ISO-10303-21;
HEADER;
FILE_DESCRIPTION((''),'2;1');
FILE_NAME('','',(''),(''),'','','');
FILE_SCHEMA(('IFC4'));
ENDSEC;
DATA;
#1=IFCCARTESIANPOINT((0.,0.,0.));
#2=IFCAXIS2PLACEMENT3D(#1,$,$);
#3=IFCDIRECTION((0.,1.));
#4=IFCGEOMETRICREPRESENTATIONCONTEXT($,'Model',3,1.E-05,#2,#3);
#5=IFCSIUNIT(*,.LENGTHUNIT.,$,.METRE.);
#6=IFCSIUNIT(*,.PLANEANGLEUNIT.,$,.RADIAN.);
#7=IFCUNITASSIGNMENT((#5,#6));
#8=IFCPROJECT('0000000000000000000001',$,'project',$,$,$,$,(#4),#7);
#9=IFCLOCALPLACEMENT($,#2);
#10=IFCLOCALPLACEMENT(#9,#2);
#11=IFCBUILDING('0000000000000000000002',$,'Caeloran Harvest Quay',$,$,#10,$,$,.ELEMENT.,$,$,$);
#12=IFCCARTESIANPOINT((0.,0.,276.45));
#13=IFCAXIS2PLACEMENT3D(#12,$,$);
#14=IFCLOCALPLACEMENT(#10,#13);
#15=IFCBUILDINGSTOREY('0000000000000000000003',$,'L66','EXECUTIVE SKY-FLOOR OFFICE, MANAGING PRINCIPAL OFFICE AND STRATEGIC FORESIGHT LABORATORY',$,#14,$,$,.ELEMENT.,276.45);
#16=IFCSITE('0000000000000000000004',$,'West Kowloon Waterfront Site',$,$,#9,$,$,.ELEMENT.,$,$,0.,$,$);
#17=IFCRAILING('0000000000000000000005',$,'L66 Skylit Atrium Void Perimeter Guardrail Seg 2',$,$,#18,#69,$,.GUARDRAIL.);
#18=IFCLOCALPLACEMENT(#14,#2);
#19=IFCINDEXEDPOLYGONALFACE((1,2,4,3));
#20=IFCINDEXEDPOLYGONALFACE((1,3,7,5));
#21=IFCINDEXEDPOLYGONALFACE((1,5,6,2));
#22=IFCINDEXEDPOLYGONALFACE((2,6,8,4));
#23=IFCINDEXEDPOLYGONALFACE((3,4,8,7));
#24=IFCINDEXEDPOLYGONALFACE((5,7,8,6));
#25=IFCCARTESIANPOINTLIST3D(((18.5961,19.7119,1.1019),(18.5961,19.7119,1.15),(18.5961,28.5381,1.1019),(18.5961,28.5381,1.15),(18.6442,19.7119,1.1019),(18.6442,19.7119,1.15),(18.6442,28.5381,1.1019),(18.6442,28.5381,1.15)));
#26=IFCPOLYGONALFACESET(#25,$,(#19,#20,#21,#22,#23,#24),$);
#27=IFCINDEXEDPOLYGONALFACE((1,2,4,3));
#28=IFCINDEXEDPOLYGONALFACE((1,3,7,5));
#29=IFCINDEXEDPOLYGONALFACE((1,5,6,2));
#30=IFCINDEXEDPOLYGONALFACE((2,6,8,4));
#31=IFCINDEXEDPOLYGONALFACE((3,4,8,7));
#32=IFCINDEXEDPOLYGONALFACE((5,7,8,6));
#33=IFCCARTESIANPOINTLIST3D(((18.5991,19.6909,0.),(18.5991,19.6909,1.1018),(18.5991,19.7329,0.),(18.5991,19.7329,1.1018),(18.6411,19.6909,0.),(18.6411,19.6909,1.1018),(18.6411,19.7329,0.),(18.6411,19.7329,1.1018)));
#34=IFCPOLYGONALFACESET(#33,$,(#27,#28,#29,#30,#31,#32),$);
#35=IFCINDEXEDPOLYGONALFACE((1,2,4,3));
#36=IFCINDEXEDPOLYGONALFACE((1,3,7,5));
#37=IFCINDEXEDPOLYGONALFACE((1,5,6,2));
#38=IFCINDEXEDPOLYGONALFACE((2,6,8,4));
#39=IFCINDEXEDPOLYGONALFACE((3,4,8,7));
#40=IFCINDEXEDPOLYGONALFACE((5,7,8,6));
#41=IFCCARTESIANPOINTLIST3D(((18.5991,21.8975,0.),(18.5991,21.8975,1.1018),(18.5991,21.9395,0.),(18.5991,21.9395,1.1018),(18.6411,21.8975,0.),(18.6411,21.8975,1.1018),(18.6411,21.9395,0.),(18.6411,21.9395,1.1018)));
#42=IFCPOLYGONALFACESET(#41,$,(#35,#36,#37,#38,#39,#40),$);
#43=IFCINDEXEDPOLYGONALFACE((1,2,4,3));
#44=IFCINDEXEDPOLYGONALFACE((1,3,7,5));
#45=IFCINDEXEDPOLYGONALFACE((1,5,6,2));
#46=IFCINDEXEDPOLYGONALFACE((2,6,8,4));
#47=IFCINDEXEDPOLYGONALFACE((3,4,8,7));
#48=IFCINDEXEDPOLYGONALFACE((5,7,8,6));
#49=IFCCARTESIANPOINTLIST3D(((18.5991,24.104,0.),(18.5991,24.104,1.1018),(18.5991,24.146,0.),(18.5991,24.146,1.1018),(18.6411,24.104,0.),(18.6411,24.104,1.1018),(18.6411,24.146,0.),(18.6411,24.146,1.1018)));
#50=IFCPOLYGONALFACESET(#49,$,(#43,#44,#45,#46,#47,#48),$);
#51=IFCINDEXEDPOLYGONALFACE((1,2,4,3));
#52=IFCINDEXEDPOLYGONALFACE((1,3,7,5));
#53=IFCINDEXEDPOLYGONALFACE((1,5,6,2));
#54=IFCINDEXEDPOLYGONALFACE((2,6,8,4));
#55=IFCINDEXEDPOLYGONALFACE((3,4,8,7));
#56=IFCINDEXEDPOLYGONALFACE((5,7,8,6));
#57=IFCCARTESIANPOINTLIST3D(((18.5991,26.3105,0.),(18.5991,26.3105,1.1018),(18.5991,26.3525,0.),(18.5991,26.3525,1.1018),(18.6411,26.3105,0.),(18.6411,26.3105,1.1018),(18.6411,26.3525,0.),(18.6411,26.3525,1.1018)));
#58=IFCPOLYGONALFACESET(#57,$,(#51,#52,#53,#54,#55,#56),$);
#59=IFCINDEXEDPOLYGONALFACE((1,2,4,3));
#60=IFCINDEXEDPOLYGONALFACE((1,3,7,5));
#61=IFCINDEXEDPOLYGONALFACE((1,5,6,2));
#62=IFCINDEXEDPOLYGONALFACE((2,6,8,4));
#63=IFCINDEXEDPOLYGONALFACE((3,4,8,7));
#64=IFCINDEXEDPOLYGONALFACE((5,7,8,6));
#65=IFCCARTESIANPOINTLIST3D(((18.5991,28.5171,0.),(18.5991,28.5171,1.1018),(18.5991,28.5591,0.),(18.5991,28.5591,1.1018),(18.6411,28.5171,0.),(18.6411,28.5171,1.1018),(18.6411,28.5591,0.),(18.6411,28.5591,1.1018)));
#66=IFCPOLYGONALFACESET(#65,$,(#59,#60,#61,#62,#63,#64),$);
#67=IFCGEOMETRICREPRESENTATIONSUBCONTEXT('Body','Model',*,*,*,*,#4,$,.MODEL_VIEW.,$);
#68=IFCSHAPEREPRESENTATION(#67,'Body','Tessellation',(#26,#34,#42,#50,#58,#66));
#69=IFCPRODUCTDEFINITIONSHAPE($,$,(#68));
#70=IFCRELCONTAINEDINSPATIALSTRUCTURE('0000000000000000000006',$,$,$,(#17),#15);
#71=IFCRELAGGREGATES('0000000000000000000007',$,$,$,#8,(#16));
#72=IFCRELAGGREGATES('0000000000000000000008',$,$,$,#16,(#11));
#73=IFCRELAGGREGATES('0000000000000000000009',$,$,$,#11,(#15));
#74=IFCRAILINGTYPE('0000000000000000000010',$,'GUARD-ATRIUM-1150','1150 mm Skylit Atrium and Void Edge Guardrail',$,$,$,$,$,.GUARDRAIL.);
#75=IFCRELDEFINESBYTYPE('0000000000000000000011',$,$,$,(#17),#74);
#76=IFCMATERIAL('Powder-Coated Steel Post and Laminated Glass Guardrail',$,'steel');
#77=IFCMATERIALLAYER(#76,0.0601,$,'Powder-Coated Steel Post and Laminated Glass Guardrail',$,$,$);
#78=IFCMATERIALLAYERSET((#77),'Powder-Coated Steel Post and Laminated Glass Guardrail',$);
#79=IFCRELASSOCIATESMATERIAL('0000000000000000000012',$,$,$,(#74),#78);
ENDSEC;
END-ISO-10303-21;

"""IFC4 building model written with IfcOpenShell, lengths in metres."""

from ifc_helpers import new_model, si_unit, direction, frame, origin, origin_2d, place, context, subcontext, project, spatial, rectangle, extrude, material, layer, layer_set, type_object, element, save


model = new_model("IFC4")

# Units and contexts
model_context = context("Model", 3, precision=1e-05, world=origin(), true_north=direction((0.0, 1.0)))
body_context = subcontext(model_context, "Body", "Model", "MODEL_VIEW")
ifc_project = project(units=[si_unit("LENGTHUNIT", "METRE"), si_unit("PLANEANGLEUNIT", "RADIAN")], contexts=[model_context])

# Site, building, storey
site_placement = place(None, origin())
site = spatial("IfcSite", under=ifc_project, at=site_placement, Name="West Kowloon Waterfront Site", CompositionType="ELEMENT", RefElevation=0.0)
building_placement = place(site_placement, origin())
building = spatial("IfcBuilding", under=site, at=building_placement, Name="Caeloran Harvest Quay", CompositionType="ELEMENT")
storey_placement = place(building_placement, frame((0.0, 0.0, 276.45)))
storey = spatial("IfcBuildingStorey", under=building, at=storey_placement, Name="L66", Description="EXECUTIVE SKY-FLOOR OFFICE, MANAGING PRINCIPAL OFFICE AND STRATEGIC FORESIGHT LABORATORY", CompositionType="ELEMENT", Elevation=276.45)

# Railing
ifc_material_1 = material(Name="Powder-Coated Steel Post and Laminated Glass Guardrail", Category="steel")
ifc_layer_1 = layer(ifc_material_1, 0.0601, Name="Powder-Coated Steel Post and Laminated Glass Guardrail")
ifc_layer_set_1 = layer_set([ifc_layer_1], Name="Powder-Coated Steel Post and Laminated Glass Guardrail")
railing_type = type_object("IfcRailingType", Name="GUARD-ATRIUM-1150", Description="1150 mm Skylit Atrium and Void Edge Guardrail", PredefinedType="GUARDRAIL", material=ifc_layer_set_1)
railing_1_placement = place(storey_placement, frame((18.6201, 19.7119, 0.0)))
element("IfcRailing", 1, at=railing_1_placement, inside=storey, type_object=railing_type, Name="L66 Skylit Atrium Void Perimeter Guardrail Seg 2", PredefinedType="GUARDRAIL", context=body_context, shape_type="SweptSolid", body=[
    extrude(rectangle(XDim=0.0481, YDim=0.0481, at=origin_2d()), frame((0.0, 0.0, 1.126), z_axis=(0.0, 1.0, 0.0), x_axis=(-1.0, 0.0, 0.0)), (0.0, 0.0, 1.0), 8.8262),
    extrude(rectangle(XDim=0.042, YDim=0.042, at=origin_2d()), origin(), (0.0, 0.0, 1.0), 1.1018),
    extrude(rectangle(XDim=0.042, YDim=0.042, at=origin_2d()), frame((0.0, 2.2065, 0.0)), (0.0, 0.0, 1.0), 1.1018),
    extrude(rectangle(XDim=0.042, YDim=0.042, at=origin_2d()), frame((0.0, 4.4131, 0.0)), (0.0, 0.0, 1.0), 1.1018),
    extrude(rectangle(XDim=0.042, YDim=0.042, at=origin_2d()), frame((0.0, 6.6196, 0.0)), (0.0, 0.0, 1.0), 1.1018),
    extrude(rectangle(XDim=0.042, YDim=0.042, at=origin_2d()), frame((0.0, 8.8262, 0.0)), (0.0, 0.0, 1.0), 1.1018),
])

save(model, "model.ifc")
